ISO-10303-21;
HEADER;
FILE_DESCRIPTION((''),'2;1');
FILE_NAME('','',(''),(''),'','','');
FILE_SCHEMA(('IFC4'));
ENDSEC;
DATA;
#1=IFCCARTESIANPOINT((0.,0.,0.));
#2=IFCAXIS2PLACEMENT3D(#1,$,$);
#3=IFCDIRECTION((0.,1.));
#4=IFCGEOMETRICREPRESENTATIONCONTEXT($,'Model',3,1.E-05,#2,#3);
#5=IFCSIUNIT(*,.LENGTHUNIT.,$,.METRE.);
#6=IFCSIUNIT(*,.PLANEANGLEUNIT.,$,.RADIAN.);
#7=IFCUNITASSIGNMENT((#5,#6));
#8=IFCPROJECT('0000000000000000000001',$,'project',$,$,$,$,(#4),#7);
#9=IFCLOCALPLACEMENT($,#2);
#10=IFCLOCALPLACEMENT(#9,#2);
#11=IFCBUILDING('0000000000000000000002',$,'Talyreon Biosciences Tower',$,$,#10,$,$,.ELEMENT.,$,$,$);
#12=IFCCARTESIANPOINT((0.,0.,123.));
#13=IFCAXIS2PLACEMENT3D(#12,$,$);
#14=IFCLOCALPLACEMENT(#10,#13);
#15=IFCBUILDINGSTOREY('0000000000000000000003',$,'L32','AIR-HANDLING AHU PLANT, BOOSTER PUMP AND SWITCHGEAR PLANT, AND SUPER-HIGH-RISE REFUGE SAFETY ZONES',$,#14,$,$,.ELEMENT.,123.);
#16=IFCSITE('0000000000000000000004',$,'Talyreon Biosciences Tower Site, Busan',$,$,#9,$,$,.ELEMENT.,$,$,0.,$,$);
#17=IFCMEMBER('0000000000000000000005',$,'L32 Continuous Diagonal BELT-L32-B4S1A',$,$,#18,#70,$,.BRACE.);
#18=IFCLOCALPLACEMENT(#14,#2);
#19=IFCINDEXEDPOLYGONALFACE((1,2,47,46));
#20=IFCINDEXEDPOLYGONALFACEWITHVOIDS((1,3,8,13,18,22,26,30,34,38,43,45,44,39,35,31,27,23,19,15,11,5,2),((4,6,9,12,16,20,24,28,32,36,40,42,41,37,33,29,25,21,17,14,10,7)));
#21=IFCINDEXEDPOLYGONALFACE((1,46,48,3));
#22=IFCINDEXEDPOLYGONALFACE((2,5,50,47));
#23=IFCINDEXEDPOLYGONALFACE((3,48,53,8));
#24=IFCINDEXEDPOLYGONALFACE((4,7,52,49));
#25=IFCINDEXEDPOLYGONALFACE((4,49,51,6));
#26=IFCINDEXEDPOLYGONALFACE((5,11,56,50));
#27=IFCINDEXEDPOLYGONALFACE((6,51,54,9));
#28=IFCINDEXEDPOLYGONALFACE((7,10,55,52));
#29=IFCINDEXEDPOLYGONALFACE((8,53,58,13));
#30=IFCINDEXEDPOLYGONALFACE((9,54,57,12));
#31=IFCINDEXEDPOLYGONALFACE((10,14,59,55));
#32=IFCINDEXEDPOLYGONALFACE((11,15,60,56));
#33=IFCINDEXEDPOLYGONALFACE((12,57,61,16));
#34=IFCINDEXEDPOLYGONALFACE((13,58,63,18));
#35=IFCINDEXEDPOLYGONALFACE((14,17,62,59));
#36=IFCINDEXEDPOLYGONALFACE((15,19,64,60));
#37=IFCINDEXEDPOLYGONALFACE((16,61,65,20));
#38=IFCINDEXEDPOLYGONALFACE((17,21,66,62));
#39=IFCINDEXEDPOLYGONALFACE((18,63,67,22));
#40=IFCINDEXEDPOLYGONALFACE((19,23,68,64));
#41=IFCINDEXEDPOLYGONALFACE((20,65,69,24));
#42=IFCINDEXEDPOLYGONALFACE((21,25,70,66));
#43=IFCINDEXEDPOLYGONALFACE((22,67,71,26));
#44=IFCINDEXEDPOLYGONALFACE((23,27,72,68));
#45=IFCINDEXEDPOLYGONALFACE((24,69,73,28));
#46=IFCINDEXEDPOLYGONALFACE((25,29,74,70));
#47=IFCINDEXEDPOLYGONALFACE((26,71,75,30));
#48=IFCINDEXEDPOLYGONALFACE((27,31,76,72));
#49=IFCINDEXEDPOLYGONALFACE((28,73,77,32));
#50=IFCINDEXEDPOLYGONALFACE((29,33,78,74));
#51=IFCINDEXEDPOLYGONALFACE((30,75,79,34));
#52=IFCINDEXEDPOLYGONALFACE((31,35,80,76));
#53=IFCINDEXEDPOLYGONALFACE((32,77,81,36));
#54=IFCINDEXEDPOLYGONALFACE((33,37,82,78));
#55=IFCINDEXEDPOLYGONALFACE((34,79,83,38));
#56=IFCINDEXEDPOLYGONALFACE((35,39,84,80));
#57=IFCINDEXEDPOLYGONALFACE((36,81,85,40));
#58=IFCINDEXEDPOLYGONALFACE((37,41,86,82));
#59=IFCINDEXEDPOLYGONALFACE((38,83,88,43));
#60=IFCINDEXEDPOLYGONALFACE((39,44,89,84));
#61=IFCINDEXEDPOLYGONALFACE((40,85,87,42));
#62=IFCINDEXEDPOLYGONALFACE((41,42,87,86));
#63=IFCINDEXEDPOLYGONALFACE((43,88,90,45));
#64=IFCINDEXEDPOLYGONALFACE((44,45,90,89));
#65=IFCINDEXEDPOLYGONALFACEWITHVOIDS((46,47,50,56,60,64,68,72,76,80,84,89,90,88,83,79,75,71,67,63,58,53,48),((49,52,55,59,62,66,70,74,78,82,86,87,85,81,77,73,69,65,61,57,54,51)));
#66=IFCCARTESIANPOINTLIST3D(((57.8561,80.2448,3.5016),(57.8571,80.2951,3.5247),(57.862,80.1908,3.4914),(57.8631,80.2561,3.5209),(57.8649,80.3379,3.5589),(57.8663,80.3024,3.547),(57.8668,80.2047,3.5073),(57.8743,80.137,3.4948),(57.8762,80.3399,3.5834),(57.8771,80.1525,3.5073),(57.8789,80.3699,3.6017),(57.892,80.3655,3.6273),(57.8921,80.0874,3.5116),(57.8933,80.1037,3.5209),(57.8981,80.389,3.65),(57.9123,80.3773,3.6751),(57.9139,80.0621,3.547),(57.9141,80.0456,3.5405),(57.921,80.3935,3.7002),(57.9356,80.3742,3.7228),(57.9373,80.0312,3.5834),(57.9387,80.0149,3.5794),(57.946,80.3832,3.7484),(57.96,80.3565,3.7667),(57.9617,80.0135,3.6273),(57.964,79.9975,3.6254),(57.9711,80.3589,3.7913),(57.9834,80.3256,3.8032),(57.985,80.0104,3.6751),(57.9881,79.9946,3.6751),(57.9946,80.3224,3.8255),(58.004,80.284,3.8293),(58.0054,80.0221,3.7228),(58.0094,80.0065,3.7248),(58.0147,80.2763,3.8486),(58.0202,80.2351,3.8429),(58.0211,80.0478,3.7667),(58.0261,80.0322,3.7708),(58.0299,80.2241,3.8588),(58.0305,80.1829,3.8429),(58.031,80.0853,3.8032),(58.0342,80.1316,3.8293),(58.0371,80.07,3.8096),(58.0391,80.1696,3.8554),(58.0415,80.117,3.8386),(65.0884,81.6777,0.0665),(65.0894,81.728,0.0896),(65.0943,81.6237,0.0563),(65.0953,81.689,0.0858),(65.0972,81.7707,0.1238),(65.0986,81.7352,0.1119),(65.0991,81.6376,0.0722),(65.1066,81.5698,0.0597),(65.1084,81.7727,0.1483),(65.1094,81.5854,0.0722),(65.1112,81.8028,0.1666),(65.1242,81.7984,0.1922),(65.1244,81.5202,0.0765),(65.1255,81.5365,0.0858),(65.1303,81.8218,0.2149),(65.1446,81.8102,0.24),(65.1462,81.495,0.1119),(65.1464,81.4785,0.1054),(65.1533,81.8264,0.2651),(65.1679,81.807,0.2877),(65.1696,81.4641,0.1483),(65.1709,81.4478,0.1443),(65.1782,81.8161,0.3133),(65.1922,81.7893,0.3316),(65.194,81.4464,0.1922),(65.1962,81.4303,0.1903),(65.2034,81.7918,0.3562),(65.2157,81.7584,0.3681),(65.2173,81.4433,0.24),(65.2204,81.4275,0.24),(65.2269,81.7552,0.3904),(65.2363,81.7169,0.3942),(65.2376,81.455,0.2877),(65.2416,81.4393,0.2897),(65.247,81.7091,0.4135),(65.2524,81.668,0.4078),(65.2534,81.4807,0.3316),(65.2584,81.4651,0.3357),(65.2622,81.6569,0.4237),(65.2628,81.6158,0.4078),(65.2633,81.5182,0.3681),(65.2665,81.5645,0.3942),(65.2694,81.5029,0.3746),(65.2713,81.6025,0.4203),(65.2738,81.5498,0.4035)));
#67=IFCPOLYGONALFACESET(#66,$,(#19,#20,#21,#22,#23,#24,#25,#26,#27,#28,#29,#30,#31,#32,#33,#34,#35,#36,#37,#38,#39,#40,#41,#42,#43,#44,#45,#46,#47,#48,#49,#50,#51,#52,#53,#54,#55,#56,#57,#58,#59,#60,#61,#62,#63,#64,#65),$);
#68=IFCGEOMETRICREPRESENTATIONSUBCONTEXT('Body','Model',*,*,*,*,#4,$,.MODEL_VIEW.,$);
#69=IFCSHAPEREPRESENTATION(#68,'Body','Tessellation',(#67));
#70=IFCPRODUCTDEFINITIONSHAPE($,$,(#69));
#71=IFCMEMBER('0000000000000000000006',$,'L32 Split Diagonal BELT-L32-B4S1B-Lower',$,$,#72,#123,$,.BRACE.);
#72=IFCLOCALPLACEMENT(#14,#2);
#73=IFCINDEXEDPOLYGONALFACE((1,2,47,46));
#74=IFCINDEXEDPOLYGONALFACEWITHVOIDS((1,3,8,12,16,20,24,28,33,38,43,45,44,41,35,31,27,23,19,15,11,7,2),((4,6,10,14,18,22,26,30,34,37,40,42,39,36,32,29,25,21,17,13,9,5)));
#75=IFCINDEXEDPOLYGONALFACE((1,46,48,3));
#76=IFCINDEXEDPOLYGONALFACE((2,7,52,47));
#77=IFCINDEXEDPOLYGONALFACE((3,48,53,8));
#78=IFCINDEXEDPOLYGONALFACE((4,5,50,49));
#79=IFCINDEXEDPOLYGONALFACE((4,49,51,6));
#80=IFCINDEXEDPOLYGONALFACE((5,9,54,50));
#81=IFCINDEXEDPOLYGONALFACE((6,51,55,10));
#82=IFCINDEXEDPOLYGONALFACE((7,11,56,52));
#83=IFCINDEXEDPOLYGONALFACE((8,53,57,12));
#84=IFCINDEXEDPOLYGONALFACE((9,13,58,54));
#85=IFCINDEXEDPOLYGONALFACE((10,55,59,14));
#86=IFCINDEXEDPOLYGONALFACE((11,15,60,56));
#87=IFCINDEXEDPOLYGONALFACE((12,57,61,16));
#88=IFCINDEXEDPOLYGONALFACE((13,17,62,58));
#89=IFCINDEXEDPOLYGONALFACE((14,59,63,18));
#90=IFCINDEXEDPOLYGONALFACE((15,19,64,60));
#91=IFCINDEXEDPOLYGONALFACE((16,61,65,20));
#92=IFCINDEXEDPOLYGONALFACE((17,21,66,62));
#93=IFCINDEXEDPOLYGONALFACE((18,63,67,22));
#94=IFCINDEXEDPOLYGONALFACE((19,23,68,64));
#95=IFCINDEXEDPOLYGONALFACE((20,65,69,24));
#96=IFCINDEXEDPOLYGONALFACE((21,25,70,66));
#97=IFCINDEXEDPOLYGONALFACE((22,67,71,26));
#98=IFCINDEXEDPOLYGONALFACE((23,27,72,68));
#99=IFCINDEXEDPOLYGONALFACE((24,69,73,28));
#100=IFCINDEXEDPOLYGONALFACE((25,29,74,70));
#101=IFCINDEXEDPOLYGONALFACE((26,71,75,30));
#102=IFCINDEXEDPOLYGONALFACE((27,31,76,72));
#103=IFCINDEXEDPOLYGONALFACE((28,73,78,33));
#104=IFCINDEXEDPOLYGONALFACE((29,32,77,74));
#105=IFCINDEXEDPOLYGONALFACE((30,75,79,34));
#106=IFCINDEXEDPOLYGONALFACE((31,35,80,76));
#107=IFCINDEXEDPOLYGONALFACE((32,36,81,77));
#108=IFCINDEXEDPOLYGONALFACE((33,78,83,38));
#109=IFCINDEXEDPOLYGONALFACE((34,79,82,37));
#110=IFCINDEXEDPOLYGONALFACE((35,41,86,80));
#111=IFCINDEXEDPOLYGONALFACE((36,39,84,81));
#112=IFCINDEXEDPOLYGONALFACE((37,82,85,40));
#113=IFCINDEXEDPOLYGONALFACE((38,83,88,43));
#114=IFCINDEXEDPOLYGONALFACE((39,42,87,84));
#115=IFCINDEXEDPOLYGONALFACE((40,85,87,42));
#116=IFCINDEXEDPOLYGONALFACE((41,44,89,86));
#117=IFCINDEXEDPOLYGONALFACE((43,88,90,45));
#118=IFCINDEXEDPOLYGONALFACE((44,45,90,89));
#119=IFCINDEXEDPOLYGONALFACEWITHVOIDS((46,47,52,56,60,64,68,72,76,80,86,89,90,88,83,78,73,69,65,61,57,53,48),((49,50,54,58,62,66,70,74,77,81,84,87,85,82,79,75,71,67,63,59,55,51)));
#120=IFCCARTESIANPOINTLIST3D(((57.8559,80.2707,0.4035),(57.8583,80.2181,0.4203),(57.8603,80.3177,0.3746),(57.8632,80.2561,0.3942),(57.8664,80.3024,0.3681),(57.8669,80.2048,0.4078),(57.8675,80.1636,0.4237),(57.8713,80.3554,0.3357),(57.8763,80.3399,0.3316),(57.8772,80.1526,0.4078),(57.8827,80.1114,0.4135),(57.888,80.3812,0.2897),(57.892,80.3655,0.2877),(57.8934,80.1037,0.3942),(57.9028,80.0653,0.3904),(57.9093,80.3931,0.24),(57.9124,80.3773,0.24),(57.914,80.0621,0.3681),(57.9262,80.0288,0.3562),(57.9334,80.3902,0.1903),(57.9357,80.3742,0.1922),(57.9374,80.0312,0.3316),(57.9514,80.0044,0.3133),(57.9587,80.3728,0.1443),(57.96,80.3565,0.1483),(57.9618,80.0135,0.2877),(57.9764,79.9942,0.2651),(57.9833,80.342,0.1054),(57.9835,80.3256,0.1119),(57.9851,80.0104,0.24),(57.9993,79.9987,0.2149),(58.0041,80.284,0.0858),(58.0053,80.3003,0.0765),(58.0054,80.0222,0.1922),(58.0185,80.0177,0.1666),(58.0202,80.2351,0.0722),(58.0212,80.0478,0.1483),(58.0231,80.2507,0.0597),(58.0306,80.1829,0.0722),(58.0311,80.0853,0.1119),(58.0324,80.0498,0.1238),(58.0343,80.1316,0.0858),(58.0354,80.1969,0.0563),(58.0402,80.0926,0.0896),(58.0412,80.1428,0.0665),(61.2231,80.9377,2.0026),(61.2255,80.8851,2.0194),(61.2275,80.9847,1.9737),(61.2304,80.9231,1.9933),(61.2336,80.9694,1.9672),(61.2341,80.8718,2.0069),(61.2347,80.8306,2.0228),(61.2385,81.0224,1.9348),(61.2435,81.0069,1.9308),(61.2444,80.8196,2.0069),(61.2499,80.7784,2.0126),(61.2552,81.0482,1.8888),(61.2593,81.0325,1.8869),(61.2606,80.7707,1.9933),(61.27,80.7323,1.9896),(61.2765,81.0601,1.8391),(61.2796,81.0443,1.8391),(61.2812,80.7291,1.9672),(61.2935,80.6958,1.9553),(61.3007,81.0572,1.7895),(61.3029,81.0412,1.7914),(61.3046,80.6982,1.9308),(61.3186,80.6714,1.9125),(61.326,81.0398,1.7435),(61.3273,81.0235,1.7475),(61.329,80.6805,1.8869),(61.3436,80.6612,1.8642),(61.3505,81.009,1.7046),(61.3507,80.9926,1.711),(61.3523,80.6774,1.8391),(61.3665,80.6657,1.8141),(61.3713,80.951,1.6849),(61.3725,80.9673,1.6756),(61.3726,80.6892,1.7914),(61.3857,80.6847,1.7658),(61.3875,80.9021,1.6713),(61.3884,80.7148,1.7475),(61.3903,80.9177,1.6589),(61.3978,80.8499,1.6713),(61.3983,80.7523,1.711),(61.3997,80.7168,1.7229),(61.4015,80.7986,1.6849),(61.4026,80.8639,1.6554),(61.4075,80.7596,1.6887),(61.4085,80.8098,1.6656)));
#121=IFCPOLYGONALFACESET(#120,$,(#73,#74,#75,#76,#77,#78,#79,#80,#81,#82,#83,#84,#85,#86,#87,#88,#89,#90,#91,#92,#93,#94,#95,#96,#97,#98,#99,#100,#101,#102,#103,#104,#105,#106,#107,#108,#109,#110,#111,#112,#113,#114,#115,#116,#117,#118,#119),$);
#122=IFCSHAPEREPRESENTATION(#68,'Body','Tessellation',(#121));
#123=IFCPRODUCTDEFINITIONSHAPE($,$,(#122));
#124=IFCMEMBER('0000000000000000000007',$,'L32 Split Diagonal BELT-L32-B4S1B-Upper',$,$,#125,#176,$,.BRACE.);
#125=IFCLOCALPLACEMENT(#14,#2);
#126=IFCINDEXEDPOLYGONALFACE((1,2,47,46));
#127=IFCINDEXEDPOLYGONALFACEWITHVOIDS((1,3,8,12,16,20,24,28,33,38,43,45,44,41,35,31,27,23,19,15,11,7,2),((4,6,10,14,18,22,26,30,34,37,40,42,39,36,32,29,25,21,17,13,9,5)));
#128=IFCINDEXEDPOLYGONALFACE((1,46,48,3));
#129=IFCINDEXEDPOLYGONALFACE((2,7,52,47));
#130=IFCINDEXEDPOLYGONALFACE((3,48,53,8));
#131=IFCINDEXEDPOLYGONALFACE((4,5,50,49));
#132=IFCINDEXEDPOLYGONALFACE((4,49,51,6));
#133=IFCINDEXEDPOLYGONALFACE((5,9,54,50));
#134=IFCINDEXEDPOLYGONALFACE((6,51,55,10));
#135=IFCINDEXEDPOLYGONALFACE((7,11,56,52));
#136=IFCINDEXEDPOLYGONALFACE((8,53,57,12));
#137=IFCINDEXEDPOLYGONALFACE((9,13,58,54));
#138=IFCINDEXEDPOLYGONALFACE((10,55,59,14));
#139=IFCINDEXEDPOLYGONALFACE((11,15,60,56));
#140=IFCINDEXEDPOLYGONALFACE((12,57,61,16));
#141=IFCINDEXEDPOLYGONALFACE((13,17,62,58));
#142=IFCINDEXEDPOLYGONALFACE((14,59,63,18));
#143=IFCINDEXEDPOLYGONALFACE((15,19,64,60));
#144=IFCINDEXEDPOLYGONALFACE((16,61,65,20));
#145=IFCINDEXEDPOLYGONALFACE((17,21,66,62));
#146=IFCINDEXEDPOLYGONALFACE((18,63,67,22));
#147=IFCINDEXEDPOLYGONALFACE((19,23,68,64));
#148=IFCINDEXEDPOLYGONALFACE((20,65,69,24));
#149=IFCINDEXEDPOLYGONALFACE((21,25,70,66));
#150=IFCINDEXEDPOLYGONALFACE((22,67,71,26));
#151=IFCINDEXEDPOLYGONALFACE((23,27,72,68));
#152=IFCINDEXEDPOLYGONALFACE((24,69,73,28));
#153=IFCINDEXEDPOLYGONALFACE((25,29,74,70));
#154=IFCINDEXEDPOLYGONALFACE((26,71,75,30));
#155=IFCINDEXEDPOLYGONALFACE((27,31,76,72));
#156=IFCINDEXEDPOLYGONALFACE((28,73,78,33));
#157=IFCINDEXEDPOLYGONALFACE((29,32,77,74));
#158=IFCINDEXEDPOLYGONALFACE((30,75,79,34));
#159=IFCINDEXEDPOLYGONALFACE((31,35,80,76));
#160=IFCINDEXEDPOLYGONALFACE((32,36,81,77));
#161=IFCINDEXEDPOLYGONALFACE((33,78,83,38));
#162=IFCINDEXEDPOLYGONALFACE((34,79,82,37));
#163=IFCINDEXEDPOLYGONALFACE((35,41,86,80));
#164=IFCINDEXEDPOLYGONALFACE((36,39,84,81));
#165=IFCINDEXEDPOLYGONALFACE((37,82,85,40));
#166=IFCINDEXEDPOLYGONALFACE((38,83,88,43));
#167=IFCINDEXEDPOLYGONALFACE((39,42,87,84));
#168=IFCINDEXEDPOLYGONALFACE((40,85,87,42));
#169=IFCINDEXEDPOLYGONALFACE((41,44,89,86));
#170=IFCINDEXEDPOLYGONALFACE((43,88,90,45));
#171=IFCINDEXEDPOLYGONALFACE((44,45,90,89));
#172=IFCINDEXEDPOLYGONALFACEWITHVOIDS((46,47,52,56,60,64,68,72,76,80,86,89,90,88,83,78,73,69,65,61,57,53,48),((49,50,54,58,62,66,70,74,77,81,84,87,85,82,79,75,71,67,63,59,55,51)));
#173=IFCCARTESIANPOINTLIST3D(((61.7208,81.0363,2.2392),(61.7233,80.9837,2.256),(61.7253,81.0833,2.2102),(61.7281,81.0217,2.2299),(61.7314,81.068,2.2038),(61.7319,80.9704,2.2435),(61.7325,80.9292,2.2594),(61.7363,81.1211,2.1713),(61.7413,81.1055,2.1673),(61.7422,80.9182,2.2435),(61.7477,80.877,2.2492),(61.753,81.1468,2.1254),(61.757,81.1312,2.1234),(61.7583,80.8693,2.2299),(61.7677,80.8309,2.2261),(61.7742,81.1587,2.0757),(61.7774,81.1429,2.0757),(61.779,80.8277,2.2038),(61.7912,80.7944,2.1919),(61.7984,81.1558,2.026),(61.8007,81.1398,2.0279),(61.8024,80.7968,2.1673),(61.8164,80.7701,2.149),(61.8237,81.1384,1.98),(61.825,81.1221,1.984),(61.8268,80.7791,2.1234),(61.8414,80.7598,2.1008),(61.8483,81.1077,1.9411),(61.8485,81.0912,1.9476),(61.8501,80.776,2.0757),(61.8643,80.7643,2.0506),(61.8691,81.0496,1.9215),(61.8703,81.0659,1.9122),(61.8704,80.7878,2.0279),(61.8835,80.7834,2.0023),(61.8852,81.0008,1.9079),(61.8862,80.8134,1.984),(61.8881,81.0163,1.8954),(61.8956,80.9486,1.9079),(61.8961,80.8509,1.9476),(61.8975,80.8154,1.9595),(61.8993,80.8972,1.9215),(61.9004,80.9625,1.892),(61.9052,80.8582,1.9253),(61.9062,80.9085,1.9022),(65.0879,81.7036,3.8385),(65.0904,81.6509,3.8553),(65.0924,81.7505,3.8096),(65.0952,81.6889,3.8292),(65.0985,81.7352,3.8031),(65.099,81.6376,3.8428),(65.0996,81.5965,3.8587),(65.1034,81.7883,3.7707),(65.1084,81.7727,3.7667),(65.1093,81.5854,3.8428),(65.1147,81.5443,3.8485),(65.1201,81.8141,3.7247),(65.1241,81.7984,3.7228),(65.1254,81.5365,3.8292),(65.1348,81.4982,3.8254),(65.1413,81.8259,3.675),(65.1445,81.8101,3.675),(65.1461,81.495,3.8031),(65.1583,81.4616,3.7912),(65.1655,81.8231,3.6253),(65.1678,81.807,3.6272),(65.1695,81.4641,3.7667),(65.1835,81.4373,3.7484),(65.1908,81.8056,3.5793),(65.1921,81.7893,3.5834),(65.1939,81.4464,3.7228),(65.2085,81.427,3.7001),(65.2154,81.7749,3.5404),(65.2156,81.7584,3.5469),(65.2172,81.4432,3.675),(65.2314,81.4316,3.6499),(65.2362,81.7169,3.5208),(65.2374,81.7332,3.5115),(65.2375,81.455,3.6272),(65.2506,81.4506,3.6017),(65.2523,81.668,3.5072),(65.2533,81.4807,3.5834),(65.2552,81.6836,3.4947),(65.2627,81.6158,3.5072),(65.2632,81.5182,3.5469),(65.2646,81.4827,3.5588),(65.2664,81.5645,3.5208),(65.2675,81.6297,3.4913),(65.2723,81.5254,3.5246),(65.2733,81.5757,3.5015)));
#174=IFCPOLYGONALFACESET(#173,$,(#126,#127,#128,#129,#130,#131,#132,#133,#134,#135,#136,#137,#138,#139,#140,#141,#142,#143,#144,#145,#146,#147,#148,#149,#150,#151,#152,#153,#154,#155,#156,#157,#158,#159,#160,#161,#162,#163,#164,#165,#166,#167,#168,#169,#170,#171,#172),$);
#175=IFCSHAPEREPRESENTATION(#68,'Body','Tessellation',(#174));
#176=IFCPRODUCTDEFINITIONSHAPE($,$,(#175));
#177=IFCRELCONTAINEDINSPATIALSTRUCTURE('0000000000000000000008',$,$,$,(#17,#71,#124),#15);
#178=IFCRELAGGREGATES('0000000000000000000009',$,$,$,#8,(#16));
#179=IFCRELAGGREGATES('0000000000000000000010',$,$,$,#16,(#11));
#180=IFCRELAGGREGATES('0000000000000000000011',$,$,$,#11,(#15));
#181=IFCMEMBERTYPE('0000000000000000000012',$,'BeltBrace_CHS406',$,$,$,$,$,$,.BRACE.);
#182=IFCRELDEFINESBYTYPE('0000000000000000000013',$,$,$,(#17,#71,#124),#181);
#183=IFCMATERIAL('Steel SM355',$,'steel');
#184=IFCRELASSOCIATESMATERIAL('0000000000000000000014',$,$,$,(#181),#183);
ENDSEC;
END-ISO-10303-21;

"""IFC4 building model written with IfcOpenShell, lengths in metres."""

from ifc_helpers import new_model, si_unit, direction, frame, origin, origin_2d, place, context, subcontext, project, spatial, hollow_circle, extrude, material, material_profile, profile_set, type_object, element, save


model = new_model("IFC4")

# Units and contexts
model_context = context("Model", 3, precision=1e-05, world=origin(), true_north=direction((0.0, 1.0)))
body_context = subcontext(model_context, "Body", "Model", "MODEL_VIEW")
ifc_project = project(units=[si_unit("LENGTHUNIT", "METRE"), si_unit("PLANEANGLEUNIT", "RADIAN")], contexts=[model_context])

# Site, building, storey
site_placement = place(None, origin())
site = spatial("IfcSite", under=ifc_project, at=site_placement, Name="Talyreon Biosciences Tower Site, Busan", CompositionType="ELEMENT", RefElevation=0.0)
building_placement = place(site_placement, origin())
building = spatial("IfcBuilding", under=site, at=building_placement, Name="Talyreon Biosciences Tower", CompositionType="ELEMENT")
storey_placement = place(building_placement, frame((0.0, 0.0, 123.0)))
storey = spatial("IfcBuildingStorey", under=building, at=storey_placement, Name="L32", Description="AIR-HANDLING AHU PLANT, BOOSTER PUMP AND SWITCHGEAR PLANT, AND SUPER-HIGH-RISE REFUGE SAFETY ZONES", CompositionType="ELEMENT", Elevation=123.0)

# Members
ifc_material_1 = material(Name="Steel SM355", Category="steel")
ifc_material_profile_1 = material_profile(ifc_material_1, hollow_circle(Radius=0.2031, WallThickness=0.0161, at=origin_2d()), Name="CHS 406.4x16")
ifc_profile_set_1 = profile_set([ifc_material_profile_1], Name="Steel SM355")
member_type_1 = type_object("IfcMemberType", Name="BeltBrace_CHS406", PredefinedType="BRACE", material=ifc_profile_set_1)
member_1_placement = place(storey_placement, frame((65.1809, 81.6267, 0.24), z_axis=(-0.889162, -0.176163, 0.422324), x_axis=(0.194345, -0.980933, 0.0)))
element("IfcMember", 1, at=member_1_placement, inside=storey, type_object=member_type_1, Name="L32 Continuous Diagonal BELT-L32-B4S1A", PredefinedType="BRACE", context=body_context, shape_type="SweptSolid", body=[
    extrude(hollow_circle(Radius=0.2031, WallThickness=0.0161, at=origin_2d()), origin(), (0.0, 0.0, 1.0), 8.1338),
])
for number, where, z_axis, x_axis, name in (
    (2, (57.9487, 80.1938, 0.24), (0.889186, 0.176135, 0.422286), (-0.19431, 0.98094, 0.0), "L32 Split Diagonal BELT-L32-B4S1B-Lower"),
    (3, (61.8137, 80.9595, 2.0757), (0.889151, 0.176193, 0.422334), (-0.194379, 0.980927, 0.0), "L32 Split Diagonal BELT-L32-B4S1B-Upper"),
):
    element("IfcMember", number, at=place(storey_placement, frame(where, z_axis=z_axis, x_axis=x_axis)), inside=storey, type_object=member_type_1, Name=name, PredefinedType="BRACE", context=body_context, shape_type="SweptSolid", body=[
        extrude(hollow_circle(Radius=0.2031, WallThickness=0.0161, at=origin_2d()), origin(), (0.0, 0.0, 1.0), 3.7869),
    ])

save(model, "model.ifc")
